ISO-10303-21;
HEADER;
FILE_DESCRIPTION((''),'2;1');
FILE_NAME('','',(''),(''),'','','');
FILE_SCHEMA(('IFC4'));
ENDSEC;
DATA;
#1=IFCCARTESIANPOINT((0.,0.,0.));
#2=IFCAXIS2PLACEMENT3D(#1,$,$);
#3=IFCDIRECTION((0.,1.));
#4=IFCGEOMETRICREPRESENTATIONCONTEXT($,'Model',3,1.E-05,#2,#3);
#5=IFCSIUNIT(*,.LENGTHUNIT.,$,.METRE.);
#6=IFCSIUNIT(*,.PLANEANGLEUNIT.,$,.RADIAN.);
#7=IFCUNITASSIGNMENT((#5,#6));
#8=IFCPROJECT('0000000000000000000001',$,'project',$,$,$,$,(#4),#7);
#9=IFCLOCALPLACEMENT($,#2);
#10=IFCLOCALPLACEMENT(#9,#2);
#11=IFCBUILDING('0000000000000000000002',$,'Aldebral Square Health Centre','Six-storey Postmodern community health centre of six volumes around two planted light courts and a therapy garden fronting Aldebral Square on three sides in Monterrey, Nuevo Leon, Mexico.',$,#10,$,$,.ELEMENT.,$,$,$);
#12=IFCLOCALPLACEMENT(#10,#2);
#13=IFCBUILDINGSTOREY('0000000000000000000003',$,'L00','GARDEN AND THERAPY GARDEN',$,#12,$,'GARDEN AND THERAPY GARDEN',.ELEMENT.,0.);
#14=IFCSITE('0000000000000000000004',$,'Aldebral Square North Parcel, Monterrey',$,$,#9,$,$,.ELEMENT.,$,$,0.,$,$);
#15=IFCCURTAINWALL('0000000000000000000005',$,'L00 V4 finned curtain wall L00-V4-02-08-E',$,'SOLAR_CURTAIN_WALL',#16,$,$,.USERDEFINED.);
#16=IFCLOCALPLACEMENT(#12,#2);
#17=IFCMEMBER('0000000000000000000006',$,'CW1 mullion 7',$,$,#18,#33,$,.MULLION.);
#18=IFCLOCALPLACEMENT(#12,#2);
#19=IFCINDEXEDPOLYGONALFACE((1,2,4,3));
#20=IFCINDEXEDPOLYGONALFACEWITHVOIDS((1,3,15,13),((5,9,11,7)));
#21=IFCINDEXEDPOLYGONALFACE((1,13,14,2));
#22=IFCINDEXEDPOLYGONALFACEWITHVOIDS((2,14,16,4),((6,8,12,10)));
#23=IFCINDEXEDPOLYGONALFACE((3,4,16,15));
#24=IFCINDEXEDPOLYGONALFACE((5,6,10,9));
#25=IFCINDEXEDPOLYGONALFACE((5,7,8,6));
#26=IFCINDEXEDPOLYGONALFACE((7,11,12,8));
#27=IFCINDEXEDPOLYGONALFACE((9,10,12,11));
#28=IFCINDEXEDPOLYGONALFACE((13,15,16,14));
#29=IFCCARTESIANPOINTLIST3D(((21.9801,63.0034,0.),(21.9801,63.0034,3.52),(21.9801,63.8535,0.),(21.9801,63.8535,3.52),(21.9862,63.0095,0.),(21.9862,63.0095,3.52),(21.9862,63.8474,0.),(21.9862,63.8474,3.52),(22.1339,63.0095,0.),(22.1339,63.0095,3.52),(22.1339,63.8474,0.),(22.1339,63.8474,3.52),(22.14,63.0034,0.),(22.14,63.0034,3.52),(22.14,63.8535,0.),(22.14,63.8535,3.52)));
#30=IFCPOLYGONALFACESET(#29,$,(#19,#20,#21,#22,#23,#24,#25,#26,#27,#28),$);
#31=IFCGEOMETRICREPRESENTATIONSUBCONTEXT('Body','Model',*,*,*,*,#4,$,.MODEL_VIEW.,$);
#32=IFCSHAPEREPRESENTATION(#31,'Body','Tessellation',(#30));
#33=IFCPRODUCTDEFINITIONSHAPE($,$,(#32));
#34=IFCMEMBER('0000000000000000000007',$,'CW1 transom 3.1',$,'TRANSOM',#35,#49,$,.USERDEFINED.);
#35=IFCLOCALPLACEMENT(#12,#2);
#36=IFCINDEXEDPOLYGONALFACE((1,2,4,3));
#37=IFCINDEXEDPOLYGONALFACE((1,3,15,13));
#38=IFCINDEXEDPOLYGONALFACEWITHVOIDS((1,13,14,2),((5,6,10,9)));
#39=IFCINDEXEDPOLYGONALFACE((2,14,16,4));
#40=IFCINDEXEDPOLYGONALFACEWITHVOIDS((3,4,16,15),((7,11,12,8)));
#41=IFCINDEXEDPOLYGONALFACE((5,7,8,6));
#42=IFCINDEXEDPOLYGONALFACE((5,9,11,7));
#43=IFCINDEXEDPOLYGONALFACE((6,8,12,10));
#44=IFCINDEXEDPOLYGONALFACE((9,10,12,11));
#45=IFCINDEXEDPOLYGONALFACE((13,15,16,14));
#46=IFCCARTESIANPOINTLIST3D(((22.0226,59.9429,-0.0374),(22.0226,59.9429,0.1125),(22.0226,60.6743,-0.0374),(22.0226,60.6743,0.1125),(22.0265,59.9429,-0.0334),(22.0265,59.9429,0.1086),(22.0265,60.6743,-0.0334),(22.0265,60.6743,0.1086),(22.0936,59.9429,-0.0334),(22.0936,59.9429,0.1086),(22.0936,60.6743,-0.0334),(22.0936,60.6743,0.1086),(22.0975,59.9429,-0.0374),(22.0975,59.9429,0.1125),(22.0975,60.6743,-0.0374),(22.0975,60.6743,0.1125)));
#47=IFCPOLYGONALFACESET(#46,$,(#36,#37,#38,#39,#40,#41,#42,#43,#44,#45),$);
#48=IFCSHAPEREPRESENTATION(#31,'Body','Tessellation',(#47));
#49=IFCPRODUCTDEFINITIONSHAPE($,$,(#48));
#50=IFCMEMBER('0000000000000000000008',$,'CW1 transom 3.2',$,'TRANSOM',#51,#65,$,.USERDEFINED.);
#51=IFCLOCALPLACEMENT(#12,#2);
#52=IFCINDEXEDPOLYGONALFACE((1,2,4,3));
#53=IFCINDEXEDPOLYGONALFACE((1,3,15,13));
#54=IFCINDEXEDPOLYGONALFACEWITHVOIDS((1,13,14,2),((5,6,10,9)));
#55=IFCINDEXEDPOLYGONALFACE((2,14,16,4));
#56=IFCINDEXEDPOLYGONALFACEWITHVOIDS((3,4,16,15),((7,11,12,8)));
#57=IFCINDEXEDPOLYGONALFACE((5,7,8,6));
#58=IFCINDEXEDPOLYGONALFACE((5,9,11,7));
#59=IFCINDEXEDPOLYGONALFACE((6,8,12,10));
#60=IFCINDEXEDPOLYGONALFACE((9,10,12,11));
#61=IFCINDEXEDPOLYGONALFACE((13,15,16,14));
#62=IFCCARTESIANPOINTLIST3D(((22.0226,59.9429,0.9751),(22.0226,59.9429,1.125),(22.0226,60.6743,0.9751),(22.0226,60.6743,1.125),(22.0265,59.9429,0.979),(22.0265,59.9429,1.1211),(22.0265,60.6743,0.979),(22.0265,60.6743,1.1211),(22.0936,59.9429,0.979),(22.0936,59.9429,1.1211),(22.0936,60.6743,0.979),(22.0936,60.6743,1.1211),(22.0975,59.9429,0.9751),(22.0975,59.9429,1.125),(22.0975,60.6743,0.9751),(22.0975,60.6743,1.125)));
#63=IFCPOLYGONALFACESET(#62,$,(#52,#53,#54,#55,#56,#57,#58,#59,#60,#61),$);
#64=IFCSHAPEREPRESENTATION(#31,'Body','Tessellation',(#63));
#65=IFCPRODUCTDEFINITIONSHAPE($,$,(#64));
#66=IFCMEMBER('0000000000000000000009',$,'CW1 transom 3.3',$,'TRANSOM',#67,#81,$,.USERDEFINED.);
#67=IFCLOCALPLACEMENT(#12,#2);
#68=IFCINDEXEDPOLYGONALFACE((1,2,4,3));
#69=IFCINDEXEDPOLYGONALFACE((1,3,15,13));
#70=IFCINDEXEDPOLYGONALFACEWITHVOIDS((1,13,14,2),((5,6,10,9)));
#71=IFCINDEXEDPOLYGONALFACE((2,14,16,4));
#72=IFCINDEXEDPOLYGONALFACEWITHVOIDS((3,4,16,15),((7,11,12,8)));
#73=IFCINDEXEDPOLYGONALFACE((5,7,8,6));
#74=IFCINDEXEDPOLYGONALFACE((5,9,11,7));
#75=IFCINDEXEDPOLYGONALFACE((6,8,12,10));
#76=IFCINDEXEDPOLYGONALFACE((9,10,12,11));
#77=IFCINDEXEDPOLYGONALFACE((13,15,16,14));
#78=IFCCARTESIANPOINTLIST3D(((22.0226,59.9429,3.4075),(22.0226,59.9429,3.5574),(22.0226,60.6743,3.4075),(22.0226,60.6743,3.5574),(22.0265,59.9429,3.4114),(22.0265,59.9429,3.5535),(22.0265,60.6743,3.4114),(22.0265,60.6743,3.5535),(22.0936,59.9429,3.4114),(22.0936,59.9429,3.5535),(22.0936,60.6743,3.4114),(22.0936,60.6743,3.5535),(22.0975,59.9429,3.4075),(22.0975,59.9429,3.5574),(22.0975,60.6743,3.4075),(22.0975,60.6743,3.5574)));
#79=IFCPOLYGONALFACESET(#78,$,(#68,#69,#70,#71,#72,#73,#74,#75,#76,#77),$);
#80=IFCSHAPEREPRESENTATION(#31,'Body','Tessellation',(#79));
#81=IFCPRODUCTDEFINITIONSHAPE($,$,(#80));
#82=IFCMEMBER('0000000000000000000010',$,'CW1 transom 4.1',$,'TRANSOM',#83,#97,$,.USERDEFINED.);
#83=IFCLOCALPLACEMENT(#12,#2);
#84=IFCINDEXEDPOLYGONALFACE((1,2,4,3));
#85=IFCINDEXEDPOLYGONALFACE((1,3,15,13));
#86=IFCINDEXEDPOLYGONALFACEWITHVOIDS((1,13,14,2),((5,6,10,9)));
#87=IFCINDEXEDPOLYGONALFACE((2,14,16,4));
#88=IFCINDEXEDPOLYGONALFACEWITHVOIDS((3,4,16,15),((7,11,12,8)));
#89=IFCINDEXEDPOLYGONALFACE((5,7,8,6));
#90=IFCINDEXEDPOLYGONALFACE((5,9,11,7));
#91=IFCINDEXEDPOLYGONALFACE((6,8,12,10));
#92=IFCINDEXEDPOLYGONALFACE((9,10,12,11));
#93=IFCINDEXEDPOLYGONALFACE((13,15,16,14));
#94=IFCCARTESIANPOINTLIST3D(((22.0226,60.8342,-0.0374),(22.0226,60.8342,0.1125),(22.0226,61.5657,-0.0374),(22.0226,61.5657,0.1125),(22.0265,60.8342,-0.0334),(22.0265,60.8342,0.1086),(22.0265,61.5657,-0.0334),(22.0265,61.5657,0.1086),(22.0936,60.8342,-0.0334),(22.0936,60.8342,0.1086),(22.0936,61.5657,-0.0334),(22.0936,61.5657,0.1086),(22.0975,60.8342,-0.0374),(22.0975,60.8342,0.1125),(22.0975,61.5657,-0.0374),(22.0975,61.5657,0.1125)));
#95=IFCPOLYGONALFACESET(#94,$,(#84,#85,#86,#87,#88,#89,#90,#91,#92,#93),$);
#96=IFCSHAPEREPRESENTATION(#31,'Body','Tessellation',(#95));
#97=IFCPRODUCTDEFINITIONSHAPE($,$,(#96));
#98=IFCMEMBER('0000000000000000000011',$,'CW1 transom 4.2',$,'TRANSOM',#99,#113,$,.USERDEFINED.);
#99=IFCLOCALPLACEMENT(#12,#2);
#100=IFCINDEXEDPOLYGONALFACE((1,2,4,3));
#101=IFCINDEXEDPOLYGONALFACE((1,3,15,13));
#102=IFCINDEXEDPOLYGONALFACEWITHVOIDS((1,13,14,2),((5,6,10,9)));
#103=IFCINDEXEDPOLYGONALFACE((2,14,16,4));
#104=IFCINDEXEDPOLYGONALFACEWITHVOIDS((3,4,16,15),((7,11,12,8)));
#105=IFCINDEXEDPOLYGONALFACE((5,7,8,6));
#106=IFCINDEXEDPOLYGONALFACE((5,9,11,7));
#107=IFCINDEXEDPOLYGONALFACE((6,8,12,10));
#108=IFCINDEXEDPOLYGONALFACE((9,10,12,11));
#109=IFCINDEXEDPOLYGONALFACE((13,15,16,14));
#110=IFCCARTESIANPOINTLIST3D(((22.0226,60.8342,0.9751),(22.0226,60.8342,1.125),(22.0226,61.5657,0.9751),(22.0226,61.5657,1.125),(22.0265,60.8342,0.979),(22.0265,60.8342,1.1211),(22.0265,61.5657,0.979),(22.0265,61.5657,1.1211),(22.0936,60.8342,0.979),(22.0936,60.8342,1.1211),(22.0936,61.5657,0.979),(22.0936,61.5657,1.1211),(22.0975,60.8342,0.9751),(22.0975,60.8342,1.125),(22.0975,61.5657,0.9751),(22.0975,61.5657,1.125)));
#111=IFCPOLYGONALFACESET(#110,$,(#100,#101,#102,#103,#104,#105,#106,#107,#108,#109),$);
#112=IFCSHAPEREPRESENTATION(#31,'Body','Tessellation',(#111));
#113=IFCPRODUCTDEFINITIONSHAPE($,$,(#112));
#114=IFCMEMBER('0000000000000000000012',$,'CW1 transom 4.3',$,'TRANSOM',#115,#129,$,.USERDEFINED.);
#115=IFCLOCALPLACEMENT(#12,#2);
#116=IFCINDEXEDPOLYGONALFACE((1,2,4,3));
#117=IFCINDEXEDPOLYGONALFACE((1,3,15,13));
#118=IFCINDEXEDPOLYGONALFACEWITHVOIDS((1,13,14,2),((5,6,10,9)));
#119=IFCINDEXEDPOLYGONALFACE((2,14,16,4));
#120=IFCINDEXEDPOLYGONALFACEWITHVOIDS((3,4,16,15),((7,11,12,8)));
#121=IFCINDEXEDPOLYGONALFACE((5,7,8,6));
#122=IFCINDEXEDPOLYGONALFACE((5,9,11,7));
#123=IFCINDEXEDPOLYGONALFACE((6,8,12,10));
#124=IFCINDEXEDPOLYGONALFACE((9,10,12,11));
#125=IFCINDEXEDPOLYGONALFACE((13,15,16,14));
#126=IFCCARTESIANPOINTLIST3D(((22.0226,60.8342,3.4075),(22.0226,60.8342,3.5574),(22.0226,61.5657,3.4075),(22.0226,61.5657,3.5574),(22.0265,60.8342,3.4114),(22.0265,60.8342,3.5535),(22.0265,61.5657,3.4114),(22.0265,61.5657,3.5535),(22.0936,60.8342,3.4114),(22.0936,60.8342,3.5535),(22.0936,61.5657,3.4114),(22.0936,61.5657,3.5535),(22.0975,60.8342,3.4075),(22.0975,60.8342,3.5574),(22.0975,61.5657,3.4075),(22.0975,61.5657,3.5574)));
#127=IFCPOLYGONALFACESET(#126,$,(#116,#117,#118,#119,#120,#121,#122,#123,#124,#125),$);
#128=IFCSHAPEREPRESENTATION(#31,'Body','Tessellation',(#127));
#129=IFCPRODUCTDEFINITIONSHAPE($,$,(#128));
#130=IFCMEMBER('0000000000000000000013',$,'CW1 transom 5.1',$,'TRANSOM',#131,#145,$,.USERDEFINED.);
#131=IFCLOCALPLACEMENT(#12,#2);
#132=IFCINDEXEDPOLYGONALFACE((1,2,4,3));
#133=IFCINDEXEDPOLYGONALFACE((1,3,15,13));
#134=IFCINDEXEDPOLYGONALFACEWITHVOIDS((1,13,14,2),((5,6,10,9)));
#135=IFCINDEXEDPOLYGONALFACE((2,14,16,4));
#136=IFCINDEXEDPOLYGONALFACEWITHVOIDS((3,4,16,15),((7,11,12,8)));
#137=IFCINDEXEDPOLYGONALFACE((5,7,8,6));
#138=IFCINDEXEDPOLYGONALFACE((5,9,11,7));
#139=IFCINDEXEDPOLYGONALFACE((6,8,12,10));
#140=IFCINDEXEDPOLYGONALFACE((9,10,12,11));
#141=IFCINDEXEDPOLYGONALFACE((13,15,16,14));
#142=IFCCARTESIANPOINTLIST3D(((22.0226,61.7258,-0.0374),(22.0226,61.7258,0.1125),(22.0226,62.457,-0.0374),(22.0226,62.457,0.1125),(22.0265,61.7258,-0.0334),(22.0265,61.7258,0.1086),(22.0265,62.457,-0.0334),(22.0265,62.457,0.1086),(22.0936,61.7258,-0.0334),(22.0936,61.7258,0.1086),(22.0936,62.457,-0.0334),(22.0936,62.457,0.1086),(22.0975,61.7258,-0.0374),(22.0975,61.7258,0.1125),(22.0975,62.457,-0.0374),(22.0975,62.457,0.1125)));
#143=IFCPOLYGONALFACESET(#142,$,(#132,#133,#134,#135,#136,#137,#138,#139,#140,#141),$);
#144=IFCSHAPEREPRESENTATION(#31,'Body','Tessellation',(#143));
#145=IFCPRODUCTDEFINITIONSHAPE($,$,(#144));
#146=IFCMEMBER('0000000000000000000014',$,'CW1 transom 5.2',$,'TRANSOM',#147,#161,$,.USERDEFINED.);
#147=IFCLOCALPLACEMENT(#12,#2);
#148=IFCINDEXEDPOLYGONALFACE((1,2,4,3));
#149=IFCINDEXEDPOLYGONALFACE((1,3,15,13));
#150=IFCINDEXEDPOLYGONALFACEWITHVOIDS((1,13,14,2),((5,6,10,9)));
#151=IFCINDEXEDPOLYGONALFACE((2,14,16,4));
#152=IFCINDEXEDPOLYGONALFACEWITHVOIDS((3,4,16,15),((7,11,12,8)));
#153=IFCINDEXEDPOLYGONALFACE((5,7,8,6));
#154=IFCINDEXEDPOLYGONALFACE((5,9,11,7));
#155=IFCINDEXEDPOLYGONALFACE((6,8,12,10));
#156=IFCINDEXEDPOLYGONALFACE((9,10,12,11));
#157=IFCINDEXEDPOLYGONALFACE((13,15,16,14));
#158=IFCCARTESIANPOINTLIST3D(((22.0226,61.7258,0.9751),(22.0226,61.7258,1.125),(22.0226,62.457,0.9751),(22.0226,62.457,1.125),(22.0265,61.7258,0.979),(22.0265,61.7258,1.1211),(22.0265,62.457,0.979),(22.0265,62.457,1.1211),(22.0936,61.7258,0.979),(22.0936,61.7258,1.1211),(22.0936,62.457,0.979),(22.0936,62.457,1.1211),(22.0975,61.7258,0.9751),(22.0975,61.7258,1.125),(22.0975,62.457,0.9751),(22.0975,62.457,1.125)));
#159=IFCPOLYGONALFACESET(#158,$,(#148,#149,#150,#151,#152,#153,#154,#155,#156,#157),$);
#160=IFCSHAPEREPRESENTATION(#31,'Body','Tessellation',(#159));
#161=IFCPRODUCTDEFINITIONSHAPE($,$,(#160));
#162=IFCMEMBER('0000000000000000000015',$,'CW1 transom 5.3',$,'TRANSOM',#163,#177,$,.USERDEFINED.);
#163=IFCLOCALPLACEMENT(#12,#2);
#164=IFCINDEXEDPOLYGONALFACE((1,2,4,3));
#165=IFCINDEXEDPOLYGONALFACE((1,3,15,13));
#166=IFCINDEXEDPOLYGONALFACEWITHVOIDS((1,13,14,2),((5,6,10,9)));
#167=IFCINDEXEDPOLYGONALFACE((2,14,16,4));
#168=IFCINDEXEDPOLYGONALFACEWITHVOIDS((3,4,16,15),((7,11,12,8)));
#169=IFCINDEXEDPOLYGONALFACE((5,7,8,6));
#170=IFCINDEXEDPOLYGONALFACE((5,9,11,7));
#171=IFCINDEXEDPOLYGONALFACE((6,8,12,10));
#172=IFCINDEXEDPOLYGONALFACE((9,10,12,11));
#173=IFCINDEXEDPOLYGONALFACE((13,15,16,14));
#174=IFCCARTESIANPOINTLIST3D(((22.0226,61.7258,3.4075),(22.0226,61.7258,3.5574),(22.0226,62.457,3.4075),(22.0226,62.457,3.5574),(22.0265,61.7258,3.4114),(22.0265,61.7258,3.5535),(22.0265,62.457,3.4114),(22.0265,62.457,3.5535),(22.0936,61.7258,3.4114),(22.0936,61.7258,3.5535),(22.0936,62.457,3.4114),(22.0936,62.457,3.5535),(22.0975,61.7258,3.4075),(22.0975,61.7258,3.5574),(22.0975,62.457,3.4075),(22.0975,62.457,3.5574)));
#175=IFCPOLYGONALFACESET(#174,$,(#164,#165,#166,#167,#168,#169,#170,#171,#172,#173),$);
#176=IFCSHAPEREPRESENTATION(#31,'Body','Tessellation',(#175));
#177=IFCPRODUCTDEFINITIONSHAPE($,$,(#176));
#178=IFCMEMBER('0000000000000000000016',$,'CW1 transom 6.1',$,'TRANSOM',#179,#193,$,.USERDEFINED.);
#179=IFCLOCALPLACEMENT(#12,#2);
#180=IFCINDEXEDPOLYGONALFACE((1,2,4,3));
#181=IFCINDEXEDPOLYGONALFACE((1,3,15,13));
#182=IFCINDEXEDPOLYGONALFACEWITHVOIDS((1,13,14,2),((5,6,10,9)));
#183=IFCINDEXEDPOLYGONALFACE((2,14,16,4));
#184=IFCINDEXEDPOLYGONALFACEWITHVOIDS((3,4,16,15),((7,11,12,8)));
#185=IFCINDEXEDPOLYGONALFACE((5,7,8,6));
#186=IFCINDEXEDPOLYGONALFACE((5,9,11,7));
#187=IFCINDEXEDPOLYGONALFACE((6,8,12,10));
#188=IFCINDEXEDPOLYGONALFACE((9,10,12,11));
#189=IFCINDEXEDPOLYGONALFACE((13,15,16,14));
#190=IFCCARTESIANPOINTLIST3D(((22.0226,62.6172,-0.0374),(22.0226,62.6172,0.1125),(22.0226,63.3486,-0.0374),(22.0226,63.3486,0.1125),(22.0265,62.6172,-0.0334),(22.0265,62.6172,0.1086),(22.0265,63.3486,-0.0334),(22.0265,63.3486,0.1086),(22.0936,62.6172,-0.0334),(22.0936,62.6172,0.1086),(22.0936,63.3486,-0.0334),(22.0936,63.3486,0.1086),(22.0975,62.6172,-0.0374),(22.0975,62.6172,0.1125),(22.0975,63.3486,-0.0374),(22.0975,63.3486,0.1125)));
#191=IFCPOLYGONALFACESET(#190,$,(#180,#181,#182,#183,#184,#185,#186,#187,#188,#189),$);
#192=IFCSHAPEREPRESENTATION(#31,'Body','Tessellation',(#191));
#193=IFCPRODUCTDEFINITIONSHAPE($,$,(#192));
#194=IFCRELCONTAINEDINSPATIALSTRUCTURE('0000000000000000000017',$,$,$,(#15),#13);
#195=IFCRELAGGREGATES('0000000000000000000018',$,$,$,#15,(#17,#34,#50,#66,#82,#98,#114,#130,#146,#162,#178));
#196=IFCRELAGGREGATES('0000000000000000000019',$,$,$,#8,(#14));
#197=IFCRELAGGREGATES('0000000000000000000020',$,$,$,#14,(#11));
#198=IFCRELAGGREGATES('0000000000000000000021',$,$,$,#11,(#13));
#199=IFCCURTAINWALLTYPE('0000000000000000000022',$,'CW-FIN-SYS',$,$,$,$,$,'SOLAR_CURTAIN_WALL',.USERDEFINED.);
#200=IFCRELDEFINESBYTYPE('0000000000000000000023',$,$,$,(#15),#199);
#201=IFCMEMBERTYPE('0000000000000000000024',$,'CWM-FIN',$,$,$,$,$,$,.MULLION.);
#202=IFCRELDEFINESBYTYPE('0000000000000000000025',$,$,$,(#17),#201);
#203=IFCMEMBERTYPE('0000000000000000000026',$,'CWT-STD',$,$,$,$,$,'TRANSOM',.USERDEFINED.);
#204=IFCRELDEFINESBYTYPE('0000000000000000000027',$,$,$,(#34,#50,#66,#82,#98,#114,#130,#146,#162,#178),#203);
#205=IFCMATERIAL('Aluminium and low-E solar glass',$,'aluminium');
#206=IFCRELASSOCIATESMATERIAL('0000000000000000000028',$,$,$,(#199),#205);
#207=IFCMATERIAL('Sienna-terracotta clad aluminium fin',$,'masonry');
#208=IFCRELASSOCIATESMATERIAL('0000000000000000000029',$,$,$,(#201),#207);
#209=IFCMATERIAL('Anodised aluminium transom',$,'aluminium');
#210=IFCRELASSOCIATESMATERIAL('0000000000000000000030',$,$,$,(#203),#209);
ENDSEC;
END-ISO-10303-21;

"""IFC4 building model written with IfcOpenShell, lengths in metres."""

from ifc_helpers import new_model, si_unit, direction, frame, origin, origin_2d, place, context, subcontext, project, spatial, hollow_rectangle, extrude, material, material_profile, profile_set, type_object, element, aggregate, save


model = new_model("IFC4")

# Units and contexts
model_context = context("Model", 3, precision=1e-05, world=origin(), true_north=direction((0.0, 1.0)))
body_context = subcontext(model_context, "Body", "Model", "MODEL_VIEW")
ifc_project = project(units=[si_unit("LENGTHUNIT", "METRE"), si_unit("PLANEANGLEUNIT", "RADIAN")], contexts=[model_context])

# Site, building, storey
site_placement = place(None, origin())
site = spatial("IfcSite", under=ifc_project, at=site_placement, Name="Aldebral Square North Parcel, Monterrey", CompositionType="ELEMENT", RefElevation=0.0)
building_placement = place(site_placement, origin())
building = spatial("IfcBuilding", under=site, at=building_placement, Name="Aldebral Square Health Centre", Description="Six-storey Postmodern community health centre of six volumes around two planted light courts and a therapy garden fronting Aldebral Square on three sides in Monterrey, Nuevo Leon, Mexico.", CompositionType="ELEMENT")
storey_placement = place(building_placement, origin())
storey = spatial("IfcBuildingStorey", under=building, at=storey_placement, Name="L00", Description="GARDEN AND THERAPY GARDEN", LongName="GARDEN AND THERAPY GARDEN", CompositionType="ELEMENT", Elevation=0.0)

# Curtain wall, members
ifc_material_1 = material(Name="Aluminium and low-E solar glass", Category="aluminium")
curtain_wall_type = type_object("IfcCurtainWallType", Name="CW-FIN-SYS", ElementType="SOLAR_CURTAIN_WALL", PredefinedType="USERDEFINED", material=ifc_material_1)
curtain_wall_placement = place(storey_placement, origin())
curtain_wall = element("IfcCurtainWall", 1, at=curtain_wall_placement, inside=storey, type_object=curtain_wall_type, Name="L00 V4 finned curtain wall L00-V4-02-08-E", ObjectType="SOLAR_CURTAIN_WALL", PredefinedType="USERDEFINED")
ifc_material_2 = material(Name="Sienna-terracotta clad aluminium fin", Category="masonry")
ifc_material_profile_1 = material_profile(ifc_material_2, hollow_rectangle(XDim=0.1599, YDim=0.8501, WallThickness=0.0061, at=origin_2d()), Name="FIN 160x850x6")
ifc_profile_set_1 = profile_set([ifc_material_profile_1], Name="Sienna-terracotta clad aluminium fin")
member_type_1 = type_object("IfcMemberType", Name="CWM-FIN", PredefinedType="MULLION", material=ifc_profile_set_1)
member_1_placement = place(storey_placement, frame((22.0601, 63.4285, 0.0), z_axis=(0.0, 0.0, 1.0), x_axis=(-1.0, 0.0, 0.0)))
member_1 = element("IfcMember", 2, at=member_1_placement, type_object=member_type_1, Name="CW1 mullion 7", PredefinedType="MULLION", context=body_context, shape_type="SweptSolid", body=[
    extrude(hollow_rectangle(XDim=0.1599, YDim=0.8501, WallThickness=0.0061, at=origin_2d()), origin(), (0.0, 0.0, 1.0), 3.52),
])
ifc_material_3 = material(Name="Anodised aluminium transom", Category="aluminium")
ifc_material_profile_2 = material_profile(ifc_material_3, hollow_rectangle(XDim=0.075, YDim=0.1499, WallThickness=0.0039, at=origin_2d()), Name="CWT 75x150x4")
ifc_profile_set_2 = profile_set([ifc_material_profile_2], Name="Anodised aluminium transom")
member_type_2 = type_object("IfcMemberType", Name="CWT-STD", ElementType="TRANSOM", PredefinedType="USERDEFINED", material=ifc_profile_set_2)
member_2_placement = place(storey_placement, frame((22.0601, 59.9429, 0.0376), z_axis=(0.0, 1.0, 0.0), x_axis=(-1.0, 0.0, 0.0)))
member_2 = element("IfcMember", 3, at=member_2_placement, type_object=member_type_2, Name="CW1 transom 3.1", ObjectType="TRANSOM", PredefinedType="USERDEFINED", context=body_context, shape_type="SweptSolid", body=[
    extrude(hollow_rectangle(XDim=0.075, YDim=0.1499, WallThickness=0.0039, at=origin_2d()), origin(), (0.0, 0.0, 1.0), 0.7314),
])
member_3_placement = place(storey_placement, frame((22.0601, 59.9429, 1.05), z_axis=(0.0, 1.0, 0.0), x_axis=(-1.0, 0.0, 0.0)))
member_3 = element("IfcMember", 4, at=member_3_placement, type_object=member_type_2, Name="CW1 transom 3.2", ObjectType="TRANSOM", PredefinedType="USERDEFINED", context=body_context, shape_type="SweptSolid", body=[
    extrude(hollow_rectangle(XDim=0.075, YDim=0.1499, WallThickness=0.0039, at=origin_2d()), origin(), (0.0, 0.0, 1.0), 0.7314),
])
member_4_placement = place(storey_placement, frame((22.0601, 59.9429, 3.4824), z_axis=(0.0, 1.0, 0.0), x_axis=(-1.0, 0.0, 0.0)))
member_4 = element("IfcMember", 5, at=member_4_placement, type_object=member_type_2, Name="CW1 transom 3.3", ObjectType="TRANSOM", PredefinedType="USERDEFINED", context=body_context, shape_type="SweptSolid", body=[
    extrude(hollow_rectangle(XDim=0.075, YDim=0.1499, WallThickness=0.0039, at=origin_2d()), origin(), (0.0, 0.0, 1.0), 0.7314),
])
member_5_placement = place(storey_placement, frame((22.0601, 60.8342, 0.0376), z_axis=(0.0, 1.0, 0.0), x_axis=(-1.0, 0.0, 0.0)))
member_5 = element("IfcMember", 6, at=member_5_placement, type_object=member_type_2, Name="CW1 transom 4.1", ObjectType="TRANSOM", PredefinedType="USERDEFINED", context=body_context, shape_type="SweptSolid", body=[
    extrude(hollow_rectangle(XDim=0.075, YDim=0.1499, WallThickness=0.0039, at=origin_2d()), origin(), (0.0, 0.0, 1.0), 0.7314),
])
member_6_placement = place(storey_placement, frame((22.0601, 60.8342, 1.05), z_axis=(0.0, 1.0, 0.0), x_axis=(-1.0, 0.0, 0.0)))
member_6 = element("IfcMember", 7, at=member_6_placement, type_object=member_type_2, Name="CW1 transom 4.2", ObjectType="TRANSOM", PredefinedType="USERDEFINED", context=body_context, shape_type="SweptSolid", body=[
    extrude(hollow_rectangle(XDim=0.075, YDim=0.1499, WallThickness=0.0039, at=origin_2d()), origin(), (0.0, 0.0, 1.0), 0.7314),
])
member_7_placement = place(storey_placement, frame((22.0601, 60.8342, 3.4824), z_axis=(0.0, 1.0, 0.0), x_axis=(-1.0, 0.0, 0.0)))
member_7 = element("IfcMember", 8, at=member_7_placement, type_object=member_type_2, Name="CW1 transom 4.3", ObjectType="TRANSOM", PredefinedType="USERDEFINED", context=body_context, shape_type="SweptSolid", body=[
    extrude(hollow_rectangle(XDim=0.075, YDim=0.1499, WallThickness=0.0039, at=origin_2d()), origin(), (0.0, 0.0, 1.0), 0.7314),
])
member_8_placement = place(storey_placement, frame((22.0601, 61.7258, 0.0376), z_axis=(0.0, 1.0, 0.0), x_axis=(-1.0, 0.0, 0.0)))
member_8 = element("IfcMember", 9, at=member_8_placement, type_object=member_type_2, Name="CW1 transom 5.1", ObjectType="TRANSOM", PredefinedType="USERDEFINED", context=body_context, shape_type="SweptSolid", body=[
    extrude(hollow_rectangle(XDim=0.075, YDim=0.1499, WallThickness=0.0039, at=origin_2d()), origin(), (0.0, 0.0, 1.0), 0.7312),
])
member_9_placement = place(storey_placement, frame((22.0601, 61.7258, 1.05), z_axis=(0.0, 1.0, 0.0), x_axis=(-1.0, 0.0, 0.0)))
member_9 = element("IfcMember", 10, at=member_9_placement, type_object=member_type_2, Name="CW1 transom 5.2", ObjectType="TRANSOM", PredefinedType="USERDEFINED", context=body_context, shape_type="SweptSolid", body=[
    extrude(hollow_rectangle(XDim=0.075, YDim=0.1499, WallThickness=0.0039, at=origin_2d()), origin(), (0.0, 0.0, 1.0), 0.7312),
])
member_10_placement = place(storey_placement, frame((22.0601, 61.7258, 3.4824), z_axis=(0.0, 1.0, 0.0), x_axis=(-1.0, 0.0, 0.0)))
member_10 = element("IfcMember", 11, at=member_10_placement, type_object=member_type_2, Name="CW1 transom 5.3", ObjectType="TRANSOM", PredefinedType="USERDEFINED", context=body_context, shape_type="SweptSolid", body=[
    extrude(hollow_rectangle(XDim=0.075, YDim=0.1499, WallThickness=0.0039, at=origin_2d()), origin(), (0.0, 0.0, 1.0), 0.7312),
])
member_11_placement = place(storey_placement, frame((22.0601, 62.6172, 0.0376), z_axis=(0.0, 1.0, 0.0), x_axis=(-1.0, 0.0, 0.0)))
member_11 = element("IfcMember", 12, at=member_11_placement, type_object=member_type_2, Name="CW1 transom 6.1", ObjectType="TRANSOM", PredefinedType="USERDEFINED", context=body_context, shape_type="SweptSolid", body=[
    extrude(hollow_rectangle(XDim=0.075, YDim=0.1499, WallThickness=0.0039, at=origin_2d()), origin(), (0.0, 0.0, 1.0), 0.7314),
])
aggregate(curtain_wall, [member_1, member_2, member_3, member_4, member_5, member_6, member_7, member_8, member_9, member_10, member_11])

save(model, "model.ifc")
